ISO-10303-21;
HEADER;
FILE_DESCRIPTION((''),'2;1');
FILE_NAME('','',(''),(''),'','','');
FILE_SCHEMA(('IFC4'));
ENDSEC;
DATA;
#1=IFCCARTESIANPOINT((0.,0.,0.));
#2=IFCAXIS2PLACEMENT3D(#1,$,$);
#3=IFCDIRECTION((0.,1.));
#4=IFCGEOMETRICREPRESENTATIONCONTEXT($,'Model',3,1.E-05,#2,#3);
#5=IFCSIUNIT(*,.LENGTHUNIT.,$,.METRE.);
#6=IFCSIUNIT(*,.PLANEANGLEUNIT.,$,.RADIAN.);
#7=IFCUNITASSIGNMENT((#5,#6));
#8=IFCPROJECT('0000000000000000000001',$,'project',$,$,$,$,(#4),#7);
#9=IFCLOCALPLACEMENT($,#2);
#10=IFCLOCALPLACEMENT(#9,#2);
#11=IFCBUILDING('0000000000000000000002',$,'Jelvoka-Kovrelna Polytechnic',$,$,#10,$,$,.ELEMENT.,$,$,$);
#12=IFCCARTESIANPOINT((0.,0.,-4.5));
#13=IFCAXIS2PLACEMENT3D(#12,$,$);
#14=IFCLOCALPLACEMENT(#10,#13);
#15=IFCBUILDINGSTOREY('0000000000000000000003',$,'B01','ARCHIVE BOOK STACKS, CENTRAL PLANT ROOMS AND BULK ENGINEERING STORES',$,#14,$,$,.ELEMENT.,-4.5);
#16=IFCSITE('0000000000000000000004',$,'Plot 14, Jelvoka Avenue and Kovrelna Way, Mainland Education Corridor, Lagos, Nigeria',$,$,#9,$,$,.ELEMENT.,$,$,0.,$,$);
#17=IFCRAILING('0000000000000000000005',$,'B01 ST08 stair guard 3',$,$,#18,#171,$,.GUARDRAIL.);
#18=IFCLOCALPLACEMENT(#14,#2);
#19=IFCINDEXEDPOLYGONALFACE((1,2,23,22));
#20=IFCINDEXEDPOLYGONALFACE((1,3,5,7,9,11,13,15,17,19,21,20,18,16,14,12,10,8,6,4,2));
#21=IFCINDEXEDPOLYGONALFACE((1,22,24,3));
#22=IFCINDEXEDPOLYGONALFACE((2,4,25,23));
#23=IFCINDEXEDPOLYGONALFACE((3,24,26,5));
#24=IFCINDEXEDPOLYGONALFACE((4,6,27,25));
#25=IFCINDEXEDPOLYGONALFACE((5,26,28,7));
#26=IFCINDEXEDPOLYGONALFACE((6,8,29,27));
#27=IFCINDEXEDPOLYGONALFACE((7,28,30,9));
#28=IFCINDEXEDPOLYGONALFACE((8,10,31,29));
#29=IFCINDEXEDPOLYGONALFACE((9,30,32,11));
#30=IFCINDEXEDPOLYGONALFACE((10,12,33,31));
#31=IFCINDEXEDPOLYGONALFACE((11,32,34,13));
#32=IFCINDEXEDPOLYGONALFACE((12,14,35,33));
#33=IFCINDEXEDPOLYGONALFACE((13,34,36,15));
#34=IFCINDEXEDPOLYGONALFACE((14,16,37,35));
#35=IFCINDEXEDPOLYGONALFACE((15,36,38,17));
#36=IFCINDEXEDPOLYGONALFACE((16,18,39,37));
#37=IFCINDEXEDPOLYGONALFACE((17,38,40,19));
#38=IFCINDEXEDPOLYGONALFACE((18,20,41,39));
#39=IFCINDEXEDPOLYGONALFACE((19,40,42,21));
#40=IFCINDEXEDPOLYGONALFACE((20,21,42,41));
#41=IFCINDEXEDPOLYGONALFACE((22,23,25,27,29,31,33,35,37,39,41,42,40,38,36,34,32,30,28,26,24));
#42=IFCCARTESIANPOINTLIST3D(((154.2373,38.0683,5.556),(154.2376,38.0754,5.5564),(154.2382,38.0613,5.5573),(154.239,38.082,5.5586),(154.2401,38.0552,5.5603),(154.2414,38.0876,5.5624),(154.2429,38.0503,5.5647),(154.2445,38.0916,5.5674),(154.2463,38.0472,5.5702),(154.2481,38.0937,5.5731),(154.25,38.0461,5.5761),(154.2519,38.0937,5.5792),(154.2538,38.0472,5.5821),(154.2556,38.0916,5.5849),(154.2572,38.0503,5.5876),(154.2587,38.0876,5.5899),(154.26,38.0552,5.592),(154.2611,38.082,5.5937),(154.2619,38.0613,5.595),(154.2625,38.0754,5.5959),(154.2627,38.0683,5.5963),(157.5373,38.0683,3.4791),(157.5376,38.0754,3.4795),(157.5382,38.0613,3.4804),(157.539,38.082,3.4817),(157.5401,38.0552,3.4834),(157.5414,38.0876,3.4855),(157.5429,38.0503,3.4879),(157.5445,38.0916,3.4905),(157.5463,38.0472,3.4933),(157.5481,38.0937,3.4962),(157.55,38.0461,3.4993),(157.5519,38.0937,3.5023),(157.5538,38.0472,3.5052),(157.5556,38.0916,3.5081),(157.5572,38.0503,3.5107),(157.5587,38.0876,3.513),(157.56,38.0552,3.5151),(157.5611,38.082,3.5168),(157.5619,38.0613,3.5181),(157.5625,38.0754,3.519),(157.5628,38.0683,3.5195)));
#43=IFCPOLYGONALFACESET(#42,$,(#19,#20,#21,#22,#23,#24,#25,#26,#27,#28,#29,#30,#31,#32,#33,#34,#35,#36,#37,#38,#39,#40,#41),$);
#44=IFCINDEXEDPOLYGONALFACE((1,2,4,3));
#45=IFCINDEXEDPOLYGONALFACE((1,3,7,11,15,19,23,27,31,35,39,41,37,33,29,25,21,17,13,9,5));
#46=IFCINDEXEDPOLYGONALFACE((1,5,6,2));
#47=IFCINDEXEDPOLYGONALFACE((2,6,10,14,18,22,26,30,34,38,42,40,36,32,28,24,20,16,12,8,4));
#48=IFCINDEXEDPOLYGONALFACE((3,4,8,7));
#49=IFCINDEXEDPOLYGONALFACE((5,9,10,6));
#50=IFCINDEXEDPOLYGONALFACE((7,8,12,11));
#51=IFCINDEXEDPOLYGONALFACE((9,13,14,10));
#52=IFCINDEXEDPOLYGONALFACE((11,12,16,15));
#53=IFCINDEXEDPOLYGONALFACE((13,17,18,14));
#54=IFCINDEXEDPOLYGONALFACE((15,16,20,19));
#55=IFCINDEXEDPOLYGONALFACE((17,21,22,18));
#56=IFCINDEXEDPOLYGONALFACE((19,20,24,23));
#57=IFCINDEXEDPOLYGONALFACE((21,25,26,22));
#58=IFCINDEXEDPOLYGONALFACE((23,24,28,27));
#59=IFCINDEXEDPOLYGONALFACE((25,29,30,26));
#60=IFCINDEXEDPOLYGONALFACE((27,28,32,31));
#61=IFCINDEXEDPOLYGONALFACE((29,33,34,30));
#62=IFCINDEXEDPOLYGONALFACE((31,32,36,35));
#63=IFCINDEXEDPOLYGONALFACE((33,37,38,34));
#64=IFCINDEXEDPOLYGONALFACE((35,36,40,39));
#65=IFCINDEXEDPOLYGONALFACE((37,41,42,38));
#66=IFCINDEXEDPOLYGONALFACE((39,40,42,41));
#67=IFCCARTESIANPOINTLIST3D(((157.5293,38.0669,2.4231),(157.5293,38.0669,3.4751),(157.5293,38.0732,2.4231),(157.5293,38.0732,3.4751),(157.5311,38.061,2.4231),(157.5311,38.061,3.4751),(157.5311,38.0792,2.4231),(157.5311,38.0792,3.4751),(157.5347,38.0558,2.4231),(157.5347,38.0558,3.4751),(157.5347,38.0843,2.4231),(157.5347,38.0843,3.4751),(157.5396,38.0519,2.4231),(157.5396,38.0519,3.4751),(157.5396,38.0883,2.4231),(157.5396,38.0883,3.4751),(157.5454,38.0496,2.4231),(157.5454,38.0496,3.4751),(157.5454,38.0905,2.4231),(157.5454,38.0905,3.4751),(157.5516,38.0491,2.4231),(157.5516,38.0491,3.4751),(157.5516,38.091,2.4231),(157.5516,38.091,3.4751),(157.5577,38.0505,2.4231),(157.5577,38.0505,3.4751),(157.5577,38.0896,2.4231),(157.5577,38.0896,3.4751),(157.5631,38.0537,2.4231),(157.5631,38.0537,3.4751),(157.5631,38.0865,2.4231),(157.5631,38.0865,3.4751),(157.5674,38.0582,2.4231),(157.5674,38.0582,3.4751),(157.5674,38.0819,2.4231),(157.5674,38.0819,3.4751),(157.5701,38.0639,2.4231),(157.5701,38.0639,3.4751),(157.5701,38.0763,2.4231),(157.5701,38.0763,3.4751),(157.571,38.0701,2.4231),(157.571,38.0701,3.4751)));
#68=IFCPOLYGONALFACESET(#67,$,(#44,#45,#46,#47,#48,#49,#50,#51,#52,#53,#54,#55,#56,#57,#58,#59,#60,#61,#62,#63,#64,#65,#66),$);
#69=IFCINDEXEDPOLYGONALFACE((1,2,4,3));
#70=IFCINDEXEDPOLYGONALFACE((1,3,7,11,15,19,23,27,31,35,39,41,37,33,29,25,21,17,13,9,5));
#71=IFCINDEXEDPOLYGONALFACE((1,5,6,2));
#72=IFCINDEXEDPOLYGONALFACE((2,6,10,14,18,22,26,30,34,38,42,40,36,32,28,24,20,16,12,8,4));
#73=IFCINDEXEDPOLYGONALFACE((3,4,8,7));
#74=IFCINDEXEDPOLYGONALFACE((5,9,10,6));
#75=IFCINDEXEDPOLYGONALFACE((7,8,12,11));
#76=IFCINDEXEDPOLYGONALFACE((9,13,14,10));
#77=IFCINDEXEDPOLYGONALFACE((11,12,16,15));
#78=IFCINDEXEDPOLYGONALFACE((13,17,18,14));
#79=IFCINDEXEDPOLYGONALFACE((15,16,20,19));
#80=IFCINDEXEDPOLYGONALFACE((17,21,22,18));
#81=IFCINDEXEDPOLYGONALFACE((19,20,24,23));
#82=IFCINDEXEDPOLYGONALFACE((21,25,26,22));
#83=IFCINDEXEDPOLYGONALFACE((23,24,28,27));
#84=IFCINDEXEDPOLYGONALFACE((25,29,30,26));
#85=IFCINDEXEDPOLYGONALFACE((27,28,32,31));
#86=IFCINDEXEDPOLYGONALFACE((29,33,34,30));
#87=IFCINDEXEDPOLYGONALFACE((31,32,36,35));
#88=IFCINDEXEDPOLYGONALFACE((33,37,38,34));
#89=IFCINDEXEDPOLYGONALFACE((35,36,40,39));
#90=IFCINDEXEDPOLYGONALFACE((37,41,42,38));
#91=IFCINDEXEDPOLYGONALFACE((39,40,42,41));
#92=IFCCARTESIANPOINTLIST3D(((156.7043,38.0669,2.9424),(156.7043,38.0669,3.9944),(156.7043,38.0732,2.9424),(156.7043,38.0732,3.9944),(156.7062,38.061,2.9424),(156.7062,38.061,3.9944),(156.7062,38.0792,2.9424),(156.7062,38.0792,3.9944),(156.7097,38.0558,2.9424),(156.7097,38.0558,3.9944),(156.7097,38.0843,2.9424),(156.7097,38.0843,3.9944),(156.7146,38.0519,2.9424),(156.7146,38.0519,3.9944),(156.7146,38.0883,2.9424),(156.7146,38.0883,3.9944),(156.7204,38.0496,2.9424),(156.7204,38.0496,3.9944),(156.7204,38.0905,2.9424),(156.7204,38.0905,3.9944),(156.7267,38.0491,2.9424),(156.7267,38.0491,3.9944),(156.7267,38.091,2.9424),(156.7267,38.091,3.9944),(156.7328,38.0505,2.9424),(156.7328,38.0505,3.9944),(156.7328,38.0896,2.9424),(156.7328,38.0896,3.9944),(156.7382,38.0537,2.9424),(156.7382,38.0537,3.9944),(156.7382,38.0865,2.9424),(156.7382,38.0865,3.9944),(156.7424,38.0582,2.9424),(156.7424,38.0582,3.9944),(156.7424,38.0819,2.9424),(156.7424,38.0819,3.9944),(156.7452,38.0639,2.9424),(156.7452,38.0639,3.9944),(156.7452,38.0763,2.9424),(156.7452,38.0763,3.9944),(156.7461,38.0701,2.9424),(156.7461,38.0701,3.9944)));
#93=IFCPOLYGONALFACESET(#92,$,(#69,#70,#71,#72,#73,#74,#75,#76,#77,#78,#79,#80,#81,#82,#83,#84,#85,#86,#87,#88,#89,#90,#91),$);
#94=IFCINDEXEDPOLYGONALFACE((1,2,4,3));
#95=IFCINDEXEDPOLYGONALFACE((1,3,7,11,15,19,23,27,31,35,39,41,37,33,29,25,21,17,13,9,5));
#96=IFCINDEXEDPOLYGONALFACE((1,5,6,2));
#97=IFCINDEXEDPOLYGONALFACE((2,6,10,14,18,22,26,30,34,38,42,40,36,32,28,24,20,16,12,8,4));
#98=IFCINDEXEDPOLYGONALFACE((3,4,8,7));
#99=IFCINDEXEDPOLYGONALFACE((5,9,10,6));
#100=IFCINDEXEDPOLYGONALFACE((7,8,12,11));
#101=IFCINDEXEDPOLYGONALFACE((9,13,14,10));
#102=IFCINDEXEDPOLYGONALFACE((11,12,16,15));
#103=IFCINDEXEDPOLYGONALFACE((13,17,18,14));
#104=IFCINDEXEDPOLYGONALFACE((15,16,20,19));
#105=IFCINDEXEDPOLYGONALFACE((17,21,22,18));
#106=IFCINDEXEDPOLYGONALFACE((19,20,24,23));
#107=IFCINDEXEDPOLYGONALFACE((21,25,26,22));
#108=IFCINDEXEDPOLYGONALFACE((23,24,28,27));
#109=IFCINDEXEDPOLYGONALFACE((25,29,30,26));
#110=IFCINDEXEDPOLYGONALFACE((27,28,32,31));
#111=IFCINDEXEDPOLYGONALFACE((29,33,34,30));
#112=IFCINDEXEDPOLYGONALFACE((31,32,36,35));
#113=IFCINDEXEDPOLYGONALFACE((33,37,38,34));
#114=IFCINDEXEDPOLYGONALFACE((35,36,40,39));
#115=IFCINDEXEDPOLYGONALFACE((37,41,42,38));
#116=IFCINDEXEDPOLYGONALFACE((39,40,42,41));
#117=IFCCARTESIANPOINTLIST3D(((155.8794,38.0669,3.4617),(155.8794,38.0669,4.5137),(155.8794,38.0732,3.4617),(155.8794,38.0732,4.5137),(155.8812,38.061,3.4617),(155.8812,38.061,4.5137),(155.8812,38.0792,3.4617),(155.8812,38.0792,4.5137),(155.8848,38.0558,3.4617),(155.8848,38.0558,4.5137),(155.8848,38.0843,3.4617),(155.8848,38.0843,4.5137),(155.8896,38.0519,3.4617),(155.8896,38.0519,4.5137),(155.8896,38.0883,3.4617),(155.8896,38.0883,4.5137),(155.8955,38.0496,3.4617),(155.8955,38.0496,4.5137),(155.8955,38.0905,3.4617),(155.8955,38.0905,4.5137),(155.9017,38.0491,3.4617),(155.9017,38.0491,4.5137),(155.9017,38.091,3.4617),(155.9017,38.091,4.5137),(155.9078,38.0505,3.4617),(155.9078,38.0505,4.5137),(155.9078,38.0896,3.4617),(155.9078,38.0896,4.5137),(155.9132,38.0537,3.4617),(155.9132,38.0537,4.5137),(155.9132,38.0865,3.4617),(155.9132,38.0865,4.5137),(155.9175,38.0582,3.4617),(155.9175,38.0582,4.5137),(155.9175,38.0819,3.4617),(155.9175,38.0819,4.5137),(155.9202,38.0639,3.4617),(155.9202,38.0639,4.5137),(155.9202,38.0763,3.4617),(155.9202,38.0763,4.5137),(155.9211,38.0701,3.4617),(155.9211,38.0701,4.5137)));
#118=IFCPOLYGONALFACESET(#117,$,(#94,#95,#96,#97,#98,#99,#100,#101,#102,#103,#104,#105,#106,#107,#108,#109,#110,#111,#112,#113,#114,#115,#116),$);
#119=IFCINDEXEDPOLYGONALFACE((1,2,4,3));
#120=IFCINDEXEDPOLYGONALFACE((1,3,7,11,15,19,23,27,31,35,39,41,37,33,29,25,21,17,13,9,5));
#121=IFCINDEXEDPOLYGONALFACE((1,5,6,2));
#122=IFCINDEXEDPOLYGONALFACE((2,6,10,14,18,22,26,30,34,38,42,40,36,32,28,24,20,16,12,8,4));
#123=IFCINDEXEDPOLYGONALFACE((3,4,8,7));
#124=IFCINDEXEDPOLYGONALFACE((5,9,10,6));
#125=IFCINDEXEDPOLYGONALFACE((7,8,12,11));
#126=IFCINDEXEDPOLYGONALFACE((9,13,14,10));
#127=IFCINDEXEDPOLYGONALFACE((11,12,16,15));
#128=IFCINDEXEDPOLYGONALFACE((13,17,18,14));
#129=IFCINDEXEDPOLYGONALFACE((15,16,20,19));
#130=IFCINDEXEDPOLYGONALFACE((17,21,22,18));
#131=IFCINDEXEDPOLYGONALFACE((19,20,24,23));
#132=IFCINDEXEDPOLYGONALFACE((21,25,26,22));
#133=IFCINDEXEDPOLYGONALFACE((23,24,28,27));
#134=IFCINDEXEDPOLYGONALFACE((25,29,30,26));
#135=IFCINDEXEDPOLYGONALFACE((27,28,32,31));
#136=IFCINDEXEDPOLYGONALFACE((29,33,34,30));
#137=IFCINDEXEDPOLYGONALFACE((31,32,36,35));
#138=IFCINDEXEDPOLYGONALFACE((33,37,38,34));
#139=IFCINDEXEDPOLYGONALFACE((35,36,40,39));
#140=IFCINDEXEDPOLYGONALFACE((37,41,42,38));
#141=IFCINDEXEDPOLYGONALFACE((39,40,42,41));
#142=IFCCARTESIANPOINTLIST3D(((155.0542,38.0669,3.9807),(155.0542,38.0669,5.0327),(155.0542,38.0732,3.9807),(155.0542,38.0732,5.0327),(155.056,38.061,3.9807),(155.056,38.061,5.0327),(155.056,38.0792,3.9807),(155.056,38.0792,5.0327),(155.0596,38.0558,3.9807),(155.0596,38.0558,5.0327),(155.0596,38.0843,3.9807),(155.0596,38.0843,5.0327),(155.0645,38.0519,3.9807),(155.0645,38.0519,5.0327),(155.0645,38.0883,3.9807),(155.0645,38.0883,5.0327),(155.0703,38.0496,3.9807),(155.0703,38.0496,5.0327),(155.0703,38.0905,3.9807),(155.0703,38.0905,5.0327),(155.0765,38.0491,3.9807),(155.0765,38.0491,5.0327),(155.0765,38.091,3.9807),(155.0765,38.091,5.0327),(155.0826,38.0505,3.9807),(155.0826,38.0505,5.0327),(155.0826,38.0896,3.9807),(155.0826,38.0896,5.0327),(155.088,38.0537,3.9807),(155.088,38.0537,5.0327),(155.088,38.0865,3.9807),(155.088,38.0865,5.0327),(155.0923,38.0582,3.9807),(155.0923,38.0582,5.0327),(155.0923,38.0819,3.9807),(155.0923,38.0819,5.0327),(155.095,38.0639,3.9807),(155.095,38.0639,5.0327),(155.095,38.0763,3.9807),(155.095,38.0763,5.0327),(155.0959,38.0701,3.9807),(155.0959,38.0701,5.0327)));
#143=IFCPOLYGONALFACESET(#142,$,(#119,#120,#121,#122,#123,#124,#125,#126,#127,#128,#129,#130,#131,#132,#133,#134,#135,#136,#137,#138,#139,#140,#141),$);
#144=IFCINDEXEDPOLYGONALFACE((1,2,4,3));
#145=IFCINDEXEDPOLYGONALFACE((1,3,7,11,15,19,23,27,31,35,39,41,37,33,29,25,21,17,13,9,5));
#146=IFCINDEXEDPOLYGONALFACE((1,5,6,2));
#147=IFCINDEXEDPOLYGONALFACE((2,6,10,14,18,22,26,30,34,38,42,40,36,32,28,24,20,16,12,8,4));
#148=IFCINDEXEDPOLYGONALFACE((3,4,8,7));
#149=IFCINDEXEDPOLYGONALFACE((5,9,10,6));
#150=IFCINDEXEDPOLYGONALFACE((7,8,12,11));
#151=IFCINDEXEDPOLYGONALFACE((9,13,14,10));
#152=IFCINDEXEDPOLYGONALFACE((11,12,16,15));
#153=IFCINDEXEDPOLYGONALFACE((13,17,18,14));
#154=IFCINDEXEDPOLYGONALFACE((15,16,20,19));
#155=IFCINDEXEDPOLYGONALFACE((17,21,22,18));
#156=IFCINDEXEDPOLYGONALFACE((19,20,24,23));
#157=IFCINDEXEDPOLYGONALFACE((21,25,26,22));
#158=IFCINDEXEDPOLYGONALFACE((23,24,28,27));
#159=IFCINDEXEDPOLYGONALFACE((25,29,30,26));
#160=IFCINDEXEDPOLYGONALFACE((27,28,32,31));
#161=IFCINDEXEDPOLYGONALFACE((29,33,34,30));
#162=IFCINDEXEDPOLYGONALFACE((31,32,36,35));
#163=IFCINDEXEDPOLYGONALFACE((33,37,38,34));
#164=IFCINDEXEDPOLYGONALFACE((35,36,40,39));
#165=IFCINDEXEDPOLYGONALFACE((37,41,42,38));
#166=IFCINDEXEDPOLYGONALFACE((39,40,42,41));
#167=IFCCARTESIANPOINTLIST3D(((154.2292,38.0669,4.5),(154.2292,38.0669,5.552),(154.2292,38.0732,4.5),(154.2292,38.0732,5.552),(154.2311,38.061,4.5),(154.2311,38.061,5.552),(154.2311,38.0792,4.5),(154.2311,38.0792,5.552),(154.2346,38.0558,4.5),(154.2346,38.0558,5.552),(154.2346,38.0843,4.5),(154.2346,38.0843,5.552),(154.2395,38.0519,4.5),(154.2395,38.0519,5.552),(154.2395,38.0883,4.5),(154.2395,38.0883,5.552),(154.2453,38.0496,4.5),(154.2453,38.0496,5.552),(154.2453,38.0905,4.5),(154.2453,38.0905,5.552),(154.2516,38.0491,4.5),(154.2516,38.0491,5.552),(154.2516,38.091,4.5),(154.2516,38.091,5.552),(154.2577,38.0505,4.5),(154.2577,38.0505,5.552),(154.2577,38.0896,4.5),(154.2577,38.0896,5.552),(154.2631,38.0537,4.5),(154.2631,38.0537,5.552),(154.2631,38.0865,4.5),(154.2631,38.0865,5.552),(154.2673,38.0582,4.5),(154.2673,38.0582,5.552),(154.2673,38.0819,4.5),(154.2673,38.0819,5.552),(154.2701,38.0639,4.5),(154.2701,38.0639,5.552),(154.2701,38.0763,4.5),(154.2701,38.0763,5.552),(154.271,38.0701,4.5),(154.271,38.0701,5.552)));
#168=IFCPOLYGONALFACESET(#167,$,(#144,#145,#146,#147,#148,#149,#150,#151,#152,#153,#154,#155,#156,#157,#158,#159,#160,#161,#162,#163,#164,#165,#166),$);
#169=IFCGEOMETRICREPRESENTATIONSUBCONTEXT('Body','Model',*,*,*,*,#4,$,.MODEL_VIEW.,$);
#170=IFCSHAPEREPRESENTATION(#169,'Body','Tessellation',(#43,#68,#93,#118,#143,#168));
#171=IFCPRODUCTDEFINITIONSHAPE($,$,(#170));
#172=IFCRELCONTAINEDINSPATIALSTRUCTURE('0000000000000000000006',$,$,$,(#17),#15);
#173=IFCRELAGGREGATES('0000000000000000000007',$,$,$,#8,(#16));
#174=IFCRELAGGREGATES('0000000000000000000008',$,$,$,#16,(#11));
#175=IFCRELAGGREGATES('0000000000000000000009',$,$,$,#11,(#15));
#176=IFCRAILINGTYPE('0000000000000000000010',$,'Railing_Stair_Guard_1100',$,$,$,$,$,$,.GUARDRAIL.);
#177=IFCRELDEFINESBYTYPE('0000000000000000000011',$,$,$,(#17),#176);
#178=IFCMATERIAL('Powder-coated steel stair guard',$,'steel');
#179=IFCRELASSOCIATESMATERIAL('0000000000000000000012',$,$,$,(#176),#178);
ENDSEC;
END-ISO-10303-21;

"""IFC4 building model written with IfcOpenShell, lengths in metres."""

from ifc_helpers import new_model, si_unit, direction, frame, origin, origin_2d, place, context, subcontext, project, spatial, circle, extrude, material, type_object, element, save


model = new_model("IFC4")

# Units and contexts
model_context = context("Model", 3, precision=1e-05, world=origin(), true_north=direction((0.0, 1.0)))
body_context = subcontext(model_context, "Body", "Model", "MODEL_VIEW")
ifc_project = project(units=[si_unit("LENGTHUNIT", "METRE"), si_unit("PLANEANGLEUNIT", "RADIAN")], contexts=[model_context])

# Site, building, storey
site_placement = place(None, origin())
site = spatial("IfcSite", under=ifc_project, at=site_placement, Name="Plot 14, Jelvoka Avenue and Kovrelna Way, Mainland Education Corridor, Lagos, Nigeria", CompositionType="ELEMENT", RefElevation=0.0)
building_placement = place(site_placement, origin())
building = spatial("IfcBuilding", under=site, at=building_placement, Name="Jelvoka-Kovrelna Polytechnic", CompositionType="ELEMENT")
storey_placement = place(building_placement, frame((0.0, 0.0, -4.5)))
storey = spatial("IfcBuildingStorey", under=building, at=storey_placement, Name="B01", Description="ARCHIVE BOOK STACKS, CENTRAL PLANT ROOMS AND BULK ENGINEERING STORES", CompositionType="ELEMENT", Elevation=-4.5)

# Railing
ifc_material_1 = material(Name="Powder-coated steel stair guard", Category="steel")
railing_type_1 = type_object("IfcRailingType", Name="Railing_Stair_Guard_1100", PredefinedType="GUARDRAIL", material=ifc_material_1)
railing_1_placement = place(storey_placement, frame((157.55, 38.0701, 2.4231)))
element("IfcRailing", 1, at=railing_1_placement, inside=storey, type_object=railing_type_1, Name="B01 ST08 stair guard 3", PredefinedType="GUARDRAIL", context=body_context, shape_type="SweptSolid", body=[
    extrude(circle(Radius=0.0239, at=origin_2d()), frame((0.0, 0.0, 1.0762), z_axis=(-0.846337, 0.0, 0.532647), x_axis=(0.0, -1.0, 0.0)), (0.0, 0.0, 1.0), 3.8992),
    extrude(circle(Radius=0.021, at=origin_2d()), origin(), (0.0, 0.0, 1.0), 1.052),
    extrude(circle(Radius=0.021, at=origin_2d()), frame((-0.825, 0.0, 0.5193)), (0.0, 0.0, 1.0), 1.052),
    extrude(circle(Radius=0.021, at=origin_2d()), frame((-1.6499, 0.0, 1.0386)), (0.0, 0.0, 1.0), 1.052),
    extrude(circle(Radius=0.021, at=origin_2d()), frame((-2.4751, 0.0, 1.5576)), (0.0, 0.0, 1.0), 1.052),
    extrude(circle(Radius=0.021, at=origin_2d()), frame((-3.3, 0.0, 2.0769)), (0.0, 0.0, 1.0), 1.052),
])

save(model, "model.ifc")
